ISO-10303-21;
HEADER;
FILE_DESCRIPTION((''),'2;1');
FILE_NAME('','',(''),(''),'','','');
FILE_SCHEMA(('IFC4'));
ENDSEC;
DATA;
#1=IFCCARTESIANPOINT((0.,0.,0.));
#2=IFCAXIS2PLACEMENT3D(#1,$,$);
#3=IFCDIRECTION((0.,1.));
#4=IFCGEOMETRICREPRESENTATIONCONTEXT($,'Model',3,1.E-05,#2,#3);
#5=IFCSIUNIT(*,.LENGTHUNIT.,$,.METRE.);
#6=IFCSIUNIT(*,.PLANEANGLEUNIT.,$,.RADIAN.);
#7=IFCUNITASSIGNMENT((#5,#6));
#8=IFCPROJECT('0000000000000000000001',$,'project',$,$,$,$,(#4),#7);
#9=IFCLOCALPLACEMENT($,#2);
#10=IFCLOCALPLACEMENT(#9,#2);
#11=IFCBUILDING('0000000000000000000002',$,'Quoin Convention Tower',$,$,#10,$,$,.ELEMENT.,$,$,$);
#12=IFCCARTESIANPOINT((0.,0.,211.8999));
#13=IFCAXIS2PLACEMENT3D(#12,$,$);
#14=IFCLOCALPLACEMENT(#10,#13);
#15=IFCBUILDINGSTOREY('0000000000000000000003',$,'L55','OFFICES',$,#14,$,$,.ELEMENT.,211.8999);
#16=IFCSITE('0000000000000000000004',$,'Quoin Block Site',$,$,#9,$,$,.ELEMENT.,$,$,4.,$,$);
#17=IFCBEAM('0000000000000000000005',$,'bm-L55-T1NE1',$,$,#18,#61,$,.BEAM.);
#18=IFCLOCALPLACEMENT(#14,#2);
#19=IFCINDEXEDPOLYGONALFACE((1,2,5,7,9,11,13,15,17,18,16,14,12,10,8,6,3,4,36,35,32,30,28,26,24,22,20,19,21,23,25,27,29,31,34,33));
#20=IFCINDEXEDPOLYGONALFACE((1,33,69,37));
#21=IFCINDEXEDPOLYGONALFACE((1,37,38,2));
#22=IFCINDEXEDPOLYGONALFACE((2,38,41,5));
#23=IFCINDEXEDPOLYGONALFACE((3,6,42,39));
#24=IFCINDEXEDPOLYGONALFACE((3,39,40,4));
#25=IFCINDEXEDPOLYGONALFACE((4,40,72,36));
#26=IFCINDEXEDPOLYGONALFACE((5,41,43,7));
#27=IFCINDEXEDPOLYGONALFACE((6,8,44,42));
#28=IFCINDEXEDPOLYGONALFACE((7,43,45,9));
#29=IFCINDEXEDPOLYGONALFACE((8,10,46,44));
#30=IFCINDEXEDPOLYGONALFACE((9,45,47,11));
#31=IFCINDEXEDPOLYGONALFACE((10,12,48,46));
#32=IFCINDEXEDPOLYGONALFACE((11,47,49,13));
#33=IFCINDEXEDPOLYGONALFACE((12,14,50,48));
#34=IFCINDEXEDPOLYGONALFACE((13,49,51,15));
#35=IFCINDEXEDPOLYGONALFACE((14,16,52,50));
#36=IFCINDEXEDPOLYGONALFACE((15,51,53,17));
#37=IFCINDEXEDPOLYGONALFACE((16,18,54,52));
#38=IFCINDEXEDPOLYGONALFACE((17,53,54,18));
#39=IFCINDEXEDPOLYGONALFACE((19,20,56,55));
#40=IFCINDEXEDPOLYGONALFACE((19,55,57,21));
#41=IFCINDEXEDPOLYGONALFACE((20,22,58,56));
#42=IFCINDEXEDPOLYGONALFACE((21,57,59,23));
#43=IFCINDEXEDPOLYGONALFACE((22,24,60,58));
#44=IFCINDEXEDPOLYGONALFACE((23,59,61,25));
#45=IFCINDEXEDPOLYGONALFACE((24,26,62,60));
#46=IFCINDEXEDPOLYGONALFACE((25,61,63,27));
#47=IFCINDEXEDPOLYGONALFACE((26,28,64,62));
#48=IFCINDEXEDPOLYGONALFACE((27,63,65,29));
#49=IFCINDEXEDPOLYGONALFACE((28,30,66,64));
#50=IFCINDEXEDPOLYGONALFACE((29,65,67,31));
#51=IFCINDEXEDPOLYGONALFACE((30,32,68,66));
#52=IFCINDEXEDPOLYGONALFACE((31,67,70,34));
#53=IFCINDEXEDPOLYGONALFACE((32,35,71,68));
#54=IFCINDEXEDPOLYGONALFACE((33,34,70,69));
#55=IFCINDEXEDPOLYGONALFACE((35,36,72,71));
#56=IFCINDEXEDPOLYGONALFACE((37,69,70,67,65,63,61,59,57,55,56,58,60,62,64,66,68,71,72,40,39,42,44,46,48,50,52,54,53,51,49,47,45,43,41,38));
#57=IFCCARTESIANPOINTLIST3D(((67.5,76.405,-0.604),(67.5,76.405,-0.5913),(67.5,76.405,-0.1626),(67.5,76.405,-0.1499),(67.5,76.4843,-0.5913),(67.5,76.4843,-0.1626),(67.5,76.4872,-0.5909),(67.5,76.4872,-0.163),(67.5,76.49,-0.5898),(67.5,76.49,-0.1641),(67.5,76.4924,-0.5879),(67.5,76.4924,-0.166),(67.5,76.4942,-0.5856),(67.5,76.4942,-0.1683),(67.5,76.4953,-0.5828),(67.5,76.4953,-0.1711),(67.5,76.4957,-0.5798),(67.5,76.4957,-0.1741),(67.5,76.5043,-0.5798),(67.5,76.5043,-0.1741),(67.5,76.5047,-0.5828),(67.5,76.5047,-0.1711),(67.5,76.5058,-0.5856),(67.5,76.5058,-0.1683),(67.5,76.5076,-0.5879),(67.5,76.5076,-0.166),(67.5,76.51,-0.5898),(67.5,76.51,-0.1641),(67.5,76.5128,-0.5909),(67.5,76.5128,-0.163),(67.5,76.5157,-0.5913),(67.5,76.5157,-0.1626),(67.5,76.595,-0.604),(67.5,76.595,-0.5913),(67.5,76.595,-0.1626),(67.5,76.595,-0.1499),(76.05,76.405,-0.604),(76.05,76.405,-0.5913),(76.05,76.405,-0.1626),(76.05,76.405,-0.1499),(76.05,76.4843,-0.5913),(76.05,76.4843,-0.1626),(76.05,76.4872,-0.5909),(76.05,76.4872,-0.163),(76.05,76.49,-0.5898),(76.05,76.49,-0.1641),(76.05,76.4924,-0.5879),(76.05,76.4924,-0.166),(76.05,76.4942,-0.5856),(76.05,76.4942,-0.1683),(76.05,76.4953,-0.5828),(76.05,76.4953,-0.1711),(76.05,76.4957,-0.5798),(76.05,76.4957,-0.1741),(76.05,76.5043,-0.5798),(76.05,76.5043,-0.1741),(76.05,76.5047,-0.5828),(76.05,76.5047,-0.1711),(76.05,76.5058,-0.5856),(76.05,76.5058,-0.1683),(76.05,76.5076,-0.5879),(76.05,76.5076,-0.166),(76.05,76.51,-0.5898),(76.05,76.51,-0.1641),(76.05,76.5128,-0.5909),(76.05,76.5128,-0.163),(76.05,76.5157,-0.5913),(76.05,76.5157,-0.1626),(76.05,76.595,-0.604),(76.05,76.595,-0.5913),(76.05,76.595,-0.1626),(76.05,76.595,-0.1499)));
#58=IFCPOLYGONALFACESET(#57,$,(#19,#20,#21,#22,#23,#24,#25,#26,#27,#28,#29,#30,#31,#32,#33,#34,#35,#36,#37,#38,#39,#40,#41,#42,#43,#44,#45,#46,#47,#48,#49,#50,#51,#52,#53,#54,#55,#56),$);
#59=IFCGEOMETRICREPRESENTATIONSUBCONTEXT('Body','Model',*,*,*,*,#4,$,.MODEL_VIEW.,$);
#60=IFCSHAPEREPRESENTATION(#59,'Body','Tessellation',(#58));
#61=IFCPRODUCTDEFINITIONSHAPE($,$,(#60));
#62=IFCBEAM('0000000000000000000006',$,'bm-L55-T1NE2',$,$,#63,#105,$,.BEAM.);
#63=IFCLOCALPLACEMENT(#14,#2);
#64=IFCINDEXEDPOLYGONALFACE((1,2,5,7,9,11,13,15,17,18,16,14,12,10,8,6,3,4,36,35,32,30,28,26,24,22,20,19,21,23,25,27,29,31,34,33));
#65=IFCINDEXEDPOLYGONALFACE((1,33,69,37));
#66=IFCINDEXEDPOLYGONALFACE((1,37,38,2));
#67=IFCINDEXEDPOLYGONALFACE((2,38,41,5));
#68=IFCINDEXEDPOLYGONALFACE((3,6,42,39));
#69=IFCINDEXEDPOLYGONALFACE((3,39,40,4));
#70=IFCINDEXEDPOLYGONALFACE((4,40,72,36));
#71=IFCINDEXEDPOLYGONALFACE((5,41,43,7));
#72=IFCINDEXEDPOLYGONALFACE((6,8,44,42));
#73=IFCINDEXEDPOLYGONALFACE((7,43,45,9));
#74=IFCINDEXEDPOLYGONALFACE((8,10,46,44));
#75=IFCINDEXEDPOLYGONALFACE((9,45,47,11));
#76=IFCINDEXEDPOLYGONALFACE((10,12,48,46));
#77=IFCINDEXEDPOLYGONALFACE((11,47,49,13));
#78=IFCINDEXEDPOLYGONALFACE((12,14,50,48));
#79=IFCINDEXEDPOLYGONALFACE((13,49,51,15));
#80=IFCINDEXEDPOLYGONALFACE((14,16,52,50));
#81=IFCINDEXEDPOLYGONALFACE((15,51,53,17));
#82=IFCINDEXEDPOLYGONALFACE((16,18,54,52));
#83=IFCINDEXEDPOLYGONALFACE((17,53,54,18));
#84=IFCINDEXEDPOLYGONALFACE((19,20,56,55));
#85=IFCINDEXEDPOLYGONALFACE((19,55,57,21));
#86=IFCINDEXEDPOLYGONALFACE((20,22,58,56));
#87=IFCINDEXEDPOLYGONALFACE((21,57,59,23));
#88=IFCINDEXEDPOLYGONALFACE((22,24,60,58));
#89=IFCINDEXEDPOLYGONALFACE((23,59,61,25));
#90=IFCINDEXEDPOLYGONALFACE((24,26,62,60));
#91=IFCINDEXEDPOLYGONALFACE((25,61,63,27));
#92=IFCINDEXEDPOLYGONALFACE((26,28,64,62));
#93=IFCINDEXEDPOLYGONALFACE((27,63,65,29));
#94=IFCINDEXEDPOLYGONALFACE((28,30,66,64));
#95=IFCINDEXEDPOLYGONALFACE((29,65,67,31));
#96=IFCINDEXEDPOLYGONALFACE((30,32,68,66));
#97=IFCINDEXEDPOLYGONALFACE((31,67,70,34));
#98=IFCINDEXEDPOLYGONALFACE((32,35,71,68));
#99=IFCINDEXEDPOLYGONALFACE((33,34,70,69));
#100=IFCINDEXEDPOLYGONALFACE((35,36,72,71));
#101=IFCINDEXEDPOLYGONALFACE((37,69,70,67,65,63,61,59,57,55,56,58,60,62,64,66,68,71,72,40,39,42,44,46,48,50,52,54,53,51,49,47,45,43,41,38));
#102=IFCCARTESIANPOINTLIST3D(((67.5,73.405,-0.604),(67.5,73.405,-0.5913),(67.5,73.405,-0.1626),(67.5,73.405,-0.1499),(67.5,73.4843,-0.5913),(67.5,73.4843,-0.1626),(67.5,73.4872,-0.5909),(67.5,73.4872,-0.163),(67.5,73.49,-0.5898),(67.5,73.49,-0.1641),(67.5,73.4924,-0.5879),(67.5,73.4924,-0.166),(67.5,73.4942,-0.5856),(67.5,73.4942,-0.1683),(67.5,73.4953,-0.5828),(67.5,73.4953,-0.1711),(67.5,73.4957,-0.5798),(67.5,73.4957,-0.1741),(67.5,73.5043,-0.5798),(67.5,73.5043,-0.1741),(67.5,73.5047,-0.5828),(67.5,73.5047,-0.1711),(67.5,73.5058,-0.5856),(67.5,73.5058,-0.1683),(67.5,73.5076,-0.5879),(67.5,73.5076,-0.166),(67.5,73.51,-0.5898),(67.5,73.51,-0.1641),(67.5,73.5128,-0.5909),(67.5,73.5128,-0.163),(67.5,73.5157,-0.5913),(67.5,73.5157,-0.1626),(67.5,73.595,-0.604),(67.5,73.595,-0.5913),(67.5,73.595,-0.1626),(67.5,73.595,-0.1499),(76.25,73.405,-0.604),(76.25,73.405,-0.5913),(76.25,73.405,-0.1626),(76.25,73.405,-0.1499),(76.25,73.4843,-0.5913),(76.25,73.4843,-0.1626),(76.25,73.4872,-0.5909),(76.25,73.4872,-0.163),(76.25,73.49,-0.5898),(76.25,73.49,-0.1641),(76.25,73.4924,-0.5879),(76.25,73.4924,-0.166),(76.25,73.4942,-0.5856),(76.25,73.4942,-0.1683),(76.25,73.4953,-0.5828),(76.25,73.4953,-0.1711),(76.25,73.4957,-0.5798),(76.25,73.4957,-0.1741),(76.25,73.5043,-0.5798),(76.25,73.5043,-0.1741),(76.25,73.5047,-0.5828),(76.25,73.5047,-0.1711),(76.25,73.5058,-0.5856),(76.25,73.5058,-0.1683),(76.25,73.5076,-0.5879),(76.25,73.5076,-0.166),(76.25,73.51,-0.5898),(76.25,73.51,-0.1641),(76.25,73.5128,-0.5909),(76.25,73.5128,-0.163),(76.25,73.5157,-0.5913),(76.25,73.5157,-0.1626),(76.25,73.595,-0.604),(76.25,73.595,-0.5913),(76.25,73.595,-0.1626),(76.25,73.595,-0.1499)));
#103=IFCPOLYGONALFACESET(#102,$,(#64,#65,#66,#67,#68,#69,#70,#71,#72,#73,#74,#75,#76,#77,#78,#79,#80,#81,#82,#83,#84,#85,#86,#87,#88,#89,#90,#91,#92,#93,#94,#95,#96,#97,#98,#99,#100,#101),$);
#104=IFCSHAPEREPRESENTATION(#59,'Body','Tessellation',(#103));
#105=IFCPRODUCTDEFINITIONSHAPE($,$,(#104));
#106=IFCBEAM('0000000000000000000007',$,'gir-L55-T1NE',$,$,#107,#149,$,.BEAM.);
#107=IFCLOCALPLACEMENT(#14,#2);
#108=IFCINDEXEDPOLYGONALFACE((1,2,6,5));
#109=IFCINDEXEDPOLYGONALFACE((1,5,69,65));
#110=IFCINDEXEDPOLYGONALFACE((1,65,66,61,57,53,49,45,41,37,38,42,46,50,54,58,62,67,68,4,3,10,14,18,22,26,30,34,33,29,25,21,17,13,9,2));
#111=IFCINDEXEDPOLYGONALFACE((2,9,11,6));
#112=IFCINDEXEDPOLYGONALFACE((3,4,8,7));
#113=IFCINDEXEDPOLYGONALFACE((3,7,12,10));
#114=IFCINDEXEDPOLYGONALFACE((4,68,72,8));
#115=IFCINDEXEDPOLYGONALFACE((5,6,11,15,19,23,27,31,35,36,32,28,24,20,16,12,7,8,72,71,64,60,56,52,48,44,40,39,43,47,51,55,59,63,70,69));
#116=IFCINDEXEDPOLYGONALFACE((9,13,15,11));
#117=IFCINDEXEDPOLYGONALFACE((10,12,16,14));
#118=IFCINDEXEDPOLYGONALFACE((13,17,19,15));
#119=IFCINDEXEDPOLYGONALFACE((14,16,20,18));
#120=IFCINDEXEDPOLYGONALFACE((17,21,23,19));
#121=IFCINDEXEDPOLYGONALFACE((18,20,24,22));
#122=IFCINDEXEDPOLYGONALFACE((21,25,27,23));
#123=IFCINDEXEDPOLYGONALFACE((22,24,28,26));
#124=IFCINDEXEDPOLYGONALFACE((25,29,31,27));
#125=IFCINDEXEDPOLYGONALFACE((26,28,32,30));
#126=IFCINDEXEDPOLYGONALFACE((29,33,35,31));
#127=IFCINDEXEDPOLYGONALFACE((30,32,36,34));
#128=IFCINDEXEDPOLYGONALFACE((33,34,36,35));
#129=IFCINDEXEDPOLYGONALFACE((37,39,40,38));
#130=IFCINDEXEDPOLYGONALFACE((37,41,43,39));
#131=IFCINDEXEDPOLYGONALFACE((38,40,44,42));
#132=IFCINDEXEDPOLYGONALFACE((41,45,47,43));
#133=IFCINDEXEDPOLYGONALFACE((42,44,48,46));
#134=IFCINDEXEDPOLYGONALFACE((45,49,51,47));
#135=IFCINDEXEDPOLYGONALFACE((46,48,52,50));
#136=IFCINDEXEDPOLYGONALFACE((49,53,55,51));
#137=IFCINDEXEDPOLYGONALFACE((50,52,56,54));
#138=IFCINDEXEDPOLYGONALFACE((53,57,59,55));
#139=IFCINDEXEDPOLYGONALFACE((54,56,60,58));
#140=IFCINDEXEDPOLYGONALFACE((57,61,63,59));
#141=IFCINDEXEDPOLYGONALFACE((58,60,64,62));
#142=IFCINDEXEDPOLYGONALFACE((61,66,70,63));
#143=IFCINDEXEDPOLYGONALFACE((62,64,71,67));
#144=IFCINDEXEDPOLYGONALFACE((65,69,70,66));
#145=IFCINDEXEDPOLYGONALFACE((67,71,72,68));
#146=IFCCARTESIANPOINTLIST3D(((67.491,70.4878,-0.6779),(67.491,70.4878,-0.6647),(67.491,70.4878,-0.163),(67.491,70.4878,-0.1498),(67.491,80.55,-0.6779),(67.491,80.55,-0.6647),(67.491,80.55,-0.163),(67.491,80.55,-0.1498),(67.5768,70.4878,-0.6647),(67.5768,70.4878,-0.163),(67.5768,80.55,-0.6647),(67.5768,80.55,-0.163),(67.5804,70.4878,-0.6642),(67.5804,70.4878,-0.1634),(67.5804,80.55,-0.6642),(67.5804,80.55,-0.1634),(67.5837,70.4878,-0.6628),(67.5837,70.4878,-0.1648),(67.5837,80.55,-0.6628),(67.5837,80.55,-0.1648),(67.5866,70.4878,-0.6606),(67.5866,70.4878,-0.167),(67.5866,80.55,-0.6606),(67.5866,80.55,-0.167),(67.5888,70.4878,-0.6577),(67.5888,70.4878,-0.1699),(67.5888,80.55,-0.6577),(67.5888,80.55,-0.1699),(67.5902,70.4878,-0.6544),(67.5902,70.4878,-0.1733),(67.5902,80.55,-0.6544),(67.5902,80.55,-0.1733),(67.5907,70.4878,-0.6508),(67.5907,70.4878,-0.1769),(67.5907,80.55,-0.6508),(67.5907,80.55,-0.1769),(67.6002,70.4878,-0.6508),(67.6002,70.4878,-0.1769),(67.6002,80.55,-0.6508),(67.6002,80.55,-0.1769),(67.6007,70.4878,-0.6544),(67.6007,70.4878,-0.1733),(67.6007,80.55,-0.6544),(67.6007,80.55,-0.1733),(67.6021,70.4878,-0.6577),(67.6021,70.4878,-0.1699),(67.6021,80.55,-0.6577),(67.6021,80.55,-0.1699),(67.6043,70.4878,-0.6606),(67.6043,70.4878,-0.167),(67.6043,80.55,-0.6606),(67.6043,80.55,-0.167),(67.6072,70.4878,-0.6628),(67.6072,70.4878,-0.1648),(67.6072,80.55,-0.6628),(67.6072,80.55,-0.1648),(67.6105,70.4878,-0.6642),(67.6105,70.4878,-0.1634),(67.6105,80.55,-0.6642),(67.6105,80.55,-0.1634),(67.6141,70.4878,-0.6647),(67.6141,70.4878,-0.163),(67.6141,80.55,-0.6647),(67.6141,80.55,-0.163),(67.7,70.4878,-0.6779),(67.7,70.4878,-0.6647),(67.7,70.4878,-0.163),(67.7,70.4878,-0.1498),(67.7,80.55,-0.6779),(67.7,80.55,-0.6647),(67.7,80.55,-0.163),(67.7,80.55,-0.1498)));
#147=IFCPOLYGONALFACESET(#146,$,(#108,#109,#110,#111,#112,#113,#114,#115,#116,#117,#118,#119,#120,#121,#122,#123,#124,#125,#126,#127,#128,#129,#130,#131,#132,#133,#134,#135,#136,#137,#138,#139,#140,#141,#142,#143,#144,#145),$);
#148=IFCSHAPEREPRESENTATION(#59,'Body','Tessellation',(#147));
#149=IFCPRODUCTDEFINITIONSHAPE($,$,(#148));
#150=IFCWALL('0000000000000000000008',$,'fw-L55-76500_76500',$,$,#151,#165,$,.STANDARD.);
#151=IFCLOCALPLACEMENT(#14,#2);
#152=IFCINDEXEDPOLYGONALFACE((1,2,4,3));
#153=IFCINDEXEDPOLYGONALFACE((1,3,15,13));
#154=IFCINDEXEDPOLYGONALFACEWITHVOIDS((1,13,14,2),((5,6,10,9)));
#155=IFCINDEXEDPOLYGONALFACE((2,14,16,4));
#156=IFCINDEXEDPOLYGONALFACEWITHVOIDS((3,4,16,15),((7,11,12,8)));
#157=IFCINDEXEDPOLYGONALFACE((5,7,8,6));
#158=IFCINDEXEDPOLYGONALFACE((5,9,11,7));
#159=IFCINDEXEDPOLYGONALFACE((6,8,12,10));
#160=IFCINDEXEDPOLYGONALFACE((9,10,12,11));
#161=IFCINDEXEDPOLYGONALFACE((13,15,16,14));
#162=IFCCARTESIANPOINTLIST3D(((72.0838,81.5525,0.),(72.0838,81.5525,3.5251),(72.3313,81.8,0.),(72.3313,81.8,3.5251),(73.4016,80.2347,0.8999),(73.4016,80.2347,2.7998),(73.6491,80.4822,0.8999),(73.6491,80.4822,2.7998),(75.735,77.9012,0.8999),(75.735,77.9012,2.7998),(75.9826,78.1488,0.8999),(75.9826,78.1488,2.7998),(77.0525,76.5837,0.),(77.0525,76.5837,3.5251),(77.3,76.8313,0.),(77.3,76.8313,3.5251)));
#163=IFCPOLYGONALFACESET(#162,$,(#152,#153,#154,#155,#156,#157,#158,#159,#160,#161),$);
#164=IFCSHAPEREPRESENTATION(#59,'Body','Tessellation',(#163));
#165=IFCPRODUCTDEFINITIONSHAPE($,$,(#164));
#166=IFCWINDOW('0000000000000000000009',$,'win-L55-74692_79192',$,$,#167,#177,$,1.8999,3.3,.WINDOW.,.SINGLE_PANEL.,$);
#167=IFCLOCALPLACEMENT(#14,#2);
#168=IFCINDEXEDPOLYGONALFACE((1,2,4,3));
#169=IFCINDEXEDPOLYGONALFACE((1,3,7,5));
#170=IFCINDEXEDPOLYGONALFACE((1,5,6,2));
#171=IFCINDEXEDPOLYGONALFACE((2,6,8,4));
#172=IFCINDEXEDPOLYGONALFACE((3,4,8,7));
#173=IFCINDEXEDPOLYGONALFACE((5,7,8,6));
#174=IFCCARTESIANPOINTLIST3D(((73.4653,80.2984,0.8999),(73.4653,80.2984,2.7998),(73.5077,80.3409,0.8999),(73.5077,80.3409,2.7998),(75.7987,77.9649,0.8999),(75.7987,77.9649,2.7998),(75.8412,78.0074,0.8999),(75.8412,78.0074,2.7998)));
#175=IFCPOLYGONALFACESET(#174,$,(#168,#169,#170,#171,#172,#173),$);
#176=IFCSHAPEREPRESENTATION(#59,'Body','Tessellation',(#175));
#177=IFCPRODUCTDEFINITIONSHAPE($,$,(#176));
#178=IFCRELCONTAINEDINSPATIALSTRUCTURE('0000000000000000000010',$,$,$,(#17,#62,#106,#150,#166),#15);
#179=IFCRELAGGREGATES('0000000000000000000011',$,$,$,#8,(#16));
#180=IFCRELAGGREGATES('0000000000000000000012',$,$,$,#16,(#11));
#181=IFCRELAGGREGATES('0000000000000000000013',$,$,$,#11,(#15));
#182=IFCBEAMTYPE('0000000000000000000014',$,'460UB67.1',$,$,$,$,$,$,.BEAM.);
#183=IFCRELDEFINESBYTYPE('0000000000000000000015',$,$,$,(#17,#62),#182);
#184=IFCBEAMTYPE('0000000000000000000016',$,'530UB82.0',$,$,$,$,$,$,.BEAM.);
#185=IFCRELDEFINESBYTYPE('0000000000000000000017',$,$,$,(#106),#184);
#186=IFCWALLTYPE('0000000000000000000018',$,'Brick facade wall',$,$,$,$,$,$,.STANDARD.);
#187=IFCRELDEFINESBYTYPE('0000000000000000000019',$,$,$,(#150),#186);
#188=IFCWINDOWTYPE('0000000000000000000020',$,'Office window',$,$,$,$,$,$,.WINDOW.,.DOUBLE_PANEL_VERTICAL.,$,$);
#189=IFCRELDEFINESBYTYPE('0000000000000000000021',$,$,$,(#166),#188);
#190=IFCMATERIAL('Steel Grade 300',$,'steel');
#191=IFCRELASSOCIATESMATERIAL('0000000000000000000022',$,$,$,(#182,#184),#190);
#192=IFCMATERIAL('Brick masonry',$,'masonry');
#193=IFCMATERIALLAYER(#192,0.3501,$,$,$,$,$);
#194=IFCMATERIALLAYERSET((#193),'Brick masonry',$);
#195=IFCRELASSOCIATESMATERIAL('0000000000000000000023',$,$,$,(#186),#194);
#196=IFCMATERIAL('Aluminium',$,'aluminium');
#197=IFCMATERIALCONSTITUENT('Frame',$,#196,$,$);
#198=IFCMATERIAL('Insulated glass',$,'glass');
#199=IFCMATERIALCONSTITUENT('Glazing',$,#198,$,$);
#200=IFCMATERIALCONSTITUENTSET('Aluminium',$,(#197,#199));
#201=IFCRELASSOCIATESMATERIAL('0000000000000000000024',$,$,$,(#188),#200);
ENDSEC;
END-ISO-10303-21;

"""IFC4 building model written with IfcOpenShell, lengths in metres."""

from ifc_helpers import new_model, si_unit, direction, frame, frame_2d, origin, origin_2d, place, context, subcontext, project, spatial, rectangle, i_section, extrude, material, layer, layer_set, constituent, constituent_set, material_profile, profile_set, type_object, element, fill, save


model = new_model("IFC4")

# Units and contexts
model_context = context("Model", 3, precision=1e-05, world=origin(), true_north=direction((0.0, 1.0)))
body_context = subcontext(model_context, "Body", "Model", "MODEL_VIEW")
ifc_project = project(units=[si_unit("LENGTHUNIT", "METRE"), si_unit("PLANEANGLEUNIT", "RADIAN")], contexts=[model_context])

# Site, building, storey
site_placement = place(None, origin())
site = spatial("IfcSite", under=ifc_project, at=site_placement, Name="Quoin Block Site", CompositionType="ELEMENT", RefElevation=4.0)
building_placement = place(site_placement, origin())
building = spatial("IfcBuilding", under=site, at=building_placement, Name="Quoin Convention Tower", CompositionType="ELEMENT")
storey_placement = place(building_placement, frame((0.0, 0.0, 211.8999)))
storey = spatial("IfcBuildingStorey", under=building, at=storey_placement, Name="L55", Description="OFFICES", CompositionType="ELEMENT", Elevation=211.8999)

# Beams
ifc_material_1 = material(Name="Steel Grade 300", Category="steel")
ifc_material_profile_1 = material_profile(ifc_material_1, i_section(OverallWidth=0.1899, OverallDepth=0.4541, WebThickness=0.0085, FlangeThickness=0.0127, FilletRadius=0.0115, at=origin_2d()), Name="460UB67.1")
ifc_profile_set_1 = profile_set([ifc_material_profile_1], Name="Steel Grade 300")
beam_type_1 = type_object("IfcBeamType", Name="460UB67.1", PredefinedType="BEAM", material=ifc_profile_set_1)
beam_1_placement = place(storey_placement, frame((67.5, 76.5, -0.377), z_axis=(1.0, 0.0, 0.0), x_axis=(0.0, 1.0, 0.0)))
element("IfcBeam", 1, at=beam_1_placement, inside=storey, type_object=beam_type_1, Name="bm-L55-T1NE1", PredefinedType="BEAM", context=body_context, shape_type="SweptSolid", body=[
    extrude(i_section(OverallWidth=0.1899, OverallDepth=0.4541, WebThickness=0.0085, FlangeThickness=0.0127, FilletRadius=0.0115, at=origin_2d()), origin(), (0.0, 0.0, 1.0), 8.55),
])
beam_2_placement = place(storey_placement, frame((67.5, 73.5, -0.377), z_axis=(1.0, 0.0, 0.0), x_axis=(0.0, 1.0, 0.0)))
element("IfcBeam", 2, at=beam_2_placement, inside=storey, type_object=beam_type_1, Name="bm-L55-T1NE2", PredefinedType="BEAM", context=body_context, shape_type="SweptSolid", body=[
    extrude(i_section(OverallWidth=0.1899, OverallDepth=0.4541, WebThickness=0.0085, FlangeThickness=0.0127, FilletRadius=0.0115, at=origin_2d()), origin(), (0.0, 0.0, 1.0), 8.75),
])
ifc_material_profile_2 = material_profile(ifc_material_1, i_section(OverallWidth=0.209, OverallDepth=0.5281, WebThickness=0.0095, FlangeThickness=0.0132, FilletRadius=0.0139, at=origin_2d()), Name="530UB82.0")
ifc_profile_set_2 = profile_set([ifc_material_profile_2], Name="Steel Grade 300")
beam_type_2 = type_object("IfcBeamType", Name="530UB82.0", PredefinedType="BEAM", material=ifc_profile_set_2)
beam_3_placement = place(storey_placement, frame((67.5955, 80.55, -0.4138), z_axis=(0.0, -1.0, 0.0), x_axis=(1.0, 0.0, 0.0)))
element("IfcBeam", 3, at=beam_3_placement, inside=storey, type_object=beam_type_2, Name="gir-L55-T1NE", PredefinedType="BEAM", context=body_context, shape_type="SweptSolid", body=[
    extrude(i_section(OverallWidth=0.209, OverallDepth=0.5281, WebThickness=0.0095, FlangeThickness=0.0132, FilletRadius=0.0139, at=origin_2d()), origin(), (0.0, 0.0, 1.0), 10.0623),
])

# Wall, opening, window
ifc_material_2 = material(Name="Brick masonry", Category="masonry")
ifc_layer_1 = layer(ifc_material_2, 0.3501)
ifc_layer_set_1 = layer_set([ifc_layer_1], Name="Brick masonry")
wall_type_1 = type_object("IfcWallType", Name="Brick facade wall", PredefinedType="STANDARD", material=ifc_layer_set_1)
wall_1_placement = place(storey_placement, frame((77.1763, 76.7075, 0.0), z_axis=(0.0, 0.0, 1.0), x_axis=(-0.707107, 0.707107, 0.0)))
wall_1 = element("IfcWall", 4, at=wall_1_placement, inside=storey, type_object=wall_type_1, Name="fw-L55-76500_76500", PredefinedType="STANDARD", context=body_context, shape_type="SweptSolid", body=[
    extrude(rectangle(XDim=7.0269, YDim=0.3501, at=frame_2d((3.5134, 0.0))), origin(), (0.0, 0.0, 1.0), 3.5251),
])
opening_1_placement = place(wall_1_placement, frame((1.8633, 0.0, 0.8999)))
opening_1 = element("IfcOpeningElement", 5, at=opening_1_placement, cuts=wall_1, PredefinedType="OPENING", context=body_context, shape_type="SweptSolid", body=[
    extrude(rectangle(XDim=3.3, YDim=1.8999, at=frame_2d((1.6499, 0.95))), frame((0.0, 0.1851, 0.0), z_axis=(0.0, -1.0, 0.0), x_axis=(1.0, 0.0, 0.0)), (0.0, 0.0, 1.0), 0.3701),
])
ifc_material_3 = material(Name="Aluminium", Category="aluminium")
ifc_constituent_1 = constituent(ifc_material_3, Name="Frame")
ifc_material_4 = material(Name="Insulated glass", Category="glass")
ifc_constituent_2 = constituent(ifc_material_4, Name="Glazing")
ifc_constituent_set = constituent_set(constituents=[ifc_constituent_1, ifc_constituent_2], Name="Aluminium")
window_type = type_object("IfcWindowType", Name="Office window", PartitioningType="DOUBLE_PANEL_VERTICAL", PredefinedType="WINDOW", material=ifc_constituent_set)
window_1_placement = place(opening_1_placement, origin())
window_1 = element("IfcWindow", 6, at=window_1_placement, inside=storey, type_object=window_type, Name="win-L55-74692_79192", OverallHeight=1.8999, OverallWidth=3.3, PartitioningType="SINGLE_PANEL", PredefinedType="WINDOW", context=body_context, shape_type="SweptSolid", body=[
    extrude(rectangle(XDim=3.3, YDim=1.8999, at=frame_2d((1.6499, 0.95))), frame((0.0, 0.085, 0.0), z_axis=(0.0, -1.0, 0.0), x_axis=(1.0, 0.0, 0.0)), (0.0, 0.0, 1.0), 0.0601),
])
fill(opening_1, window_1)

save(model, "model.ifc")
